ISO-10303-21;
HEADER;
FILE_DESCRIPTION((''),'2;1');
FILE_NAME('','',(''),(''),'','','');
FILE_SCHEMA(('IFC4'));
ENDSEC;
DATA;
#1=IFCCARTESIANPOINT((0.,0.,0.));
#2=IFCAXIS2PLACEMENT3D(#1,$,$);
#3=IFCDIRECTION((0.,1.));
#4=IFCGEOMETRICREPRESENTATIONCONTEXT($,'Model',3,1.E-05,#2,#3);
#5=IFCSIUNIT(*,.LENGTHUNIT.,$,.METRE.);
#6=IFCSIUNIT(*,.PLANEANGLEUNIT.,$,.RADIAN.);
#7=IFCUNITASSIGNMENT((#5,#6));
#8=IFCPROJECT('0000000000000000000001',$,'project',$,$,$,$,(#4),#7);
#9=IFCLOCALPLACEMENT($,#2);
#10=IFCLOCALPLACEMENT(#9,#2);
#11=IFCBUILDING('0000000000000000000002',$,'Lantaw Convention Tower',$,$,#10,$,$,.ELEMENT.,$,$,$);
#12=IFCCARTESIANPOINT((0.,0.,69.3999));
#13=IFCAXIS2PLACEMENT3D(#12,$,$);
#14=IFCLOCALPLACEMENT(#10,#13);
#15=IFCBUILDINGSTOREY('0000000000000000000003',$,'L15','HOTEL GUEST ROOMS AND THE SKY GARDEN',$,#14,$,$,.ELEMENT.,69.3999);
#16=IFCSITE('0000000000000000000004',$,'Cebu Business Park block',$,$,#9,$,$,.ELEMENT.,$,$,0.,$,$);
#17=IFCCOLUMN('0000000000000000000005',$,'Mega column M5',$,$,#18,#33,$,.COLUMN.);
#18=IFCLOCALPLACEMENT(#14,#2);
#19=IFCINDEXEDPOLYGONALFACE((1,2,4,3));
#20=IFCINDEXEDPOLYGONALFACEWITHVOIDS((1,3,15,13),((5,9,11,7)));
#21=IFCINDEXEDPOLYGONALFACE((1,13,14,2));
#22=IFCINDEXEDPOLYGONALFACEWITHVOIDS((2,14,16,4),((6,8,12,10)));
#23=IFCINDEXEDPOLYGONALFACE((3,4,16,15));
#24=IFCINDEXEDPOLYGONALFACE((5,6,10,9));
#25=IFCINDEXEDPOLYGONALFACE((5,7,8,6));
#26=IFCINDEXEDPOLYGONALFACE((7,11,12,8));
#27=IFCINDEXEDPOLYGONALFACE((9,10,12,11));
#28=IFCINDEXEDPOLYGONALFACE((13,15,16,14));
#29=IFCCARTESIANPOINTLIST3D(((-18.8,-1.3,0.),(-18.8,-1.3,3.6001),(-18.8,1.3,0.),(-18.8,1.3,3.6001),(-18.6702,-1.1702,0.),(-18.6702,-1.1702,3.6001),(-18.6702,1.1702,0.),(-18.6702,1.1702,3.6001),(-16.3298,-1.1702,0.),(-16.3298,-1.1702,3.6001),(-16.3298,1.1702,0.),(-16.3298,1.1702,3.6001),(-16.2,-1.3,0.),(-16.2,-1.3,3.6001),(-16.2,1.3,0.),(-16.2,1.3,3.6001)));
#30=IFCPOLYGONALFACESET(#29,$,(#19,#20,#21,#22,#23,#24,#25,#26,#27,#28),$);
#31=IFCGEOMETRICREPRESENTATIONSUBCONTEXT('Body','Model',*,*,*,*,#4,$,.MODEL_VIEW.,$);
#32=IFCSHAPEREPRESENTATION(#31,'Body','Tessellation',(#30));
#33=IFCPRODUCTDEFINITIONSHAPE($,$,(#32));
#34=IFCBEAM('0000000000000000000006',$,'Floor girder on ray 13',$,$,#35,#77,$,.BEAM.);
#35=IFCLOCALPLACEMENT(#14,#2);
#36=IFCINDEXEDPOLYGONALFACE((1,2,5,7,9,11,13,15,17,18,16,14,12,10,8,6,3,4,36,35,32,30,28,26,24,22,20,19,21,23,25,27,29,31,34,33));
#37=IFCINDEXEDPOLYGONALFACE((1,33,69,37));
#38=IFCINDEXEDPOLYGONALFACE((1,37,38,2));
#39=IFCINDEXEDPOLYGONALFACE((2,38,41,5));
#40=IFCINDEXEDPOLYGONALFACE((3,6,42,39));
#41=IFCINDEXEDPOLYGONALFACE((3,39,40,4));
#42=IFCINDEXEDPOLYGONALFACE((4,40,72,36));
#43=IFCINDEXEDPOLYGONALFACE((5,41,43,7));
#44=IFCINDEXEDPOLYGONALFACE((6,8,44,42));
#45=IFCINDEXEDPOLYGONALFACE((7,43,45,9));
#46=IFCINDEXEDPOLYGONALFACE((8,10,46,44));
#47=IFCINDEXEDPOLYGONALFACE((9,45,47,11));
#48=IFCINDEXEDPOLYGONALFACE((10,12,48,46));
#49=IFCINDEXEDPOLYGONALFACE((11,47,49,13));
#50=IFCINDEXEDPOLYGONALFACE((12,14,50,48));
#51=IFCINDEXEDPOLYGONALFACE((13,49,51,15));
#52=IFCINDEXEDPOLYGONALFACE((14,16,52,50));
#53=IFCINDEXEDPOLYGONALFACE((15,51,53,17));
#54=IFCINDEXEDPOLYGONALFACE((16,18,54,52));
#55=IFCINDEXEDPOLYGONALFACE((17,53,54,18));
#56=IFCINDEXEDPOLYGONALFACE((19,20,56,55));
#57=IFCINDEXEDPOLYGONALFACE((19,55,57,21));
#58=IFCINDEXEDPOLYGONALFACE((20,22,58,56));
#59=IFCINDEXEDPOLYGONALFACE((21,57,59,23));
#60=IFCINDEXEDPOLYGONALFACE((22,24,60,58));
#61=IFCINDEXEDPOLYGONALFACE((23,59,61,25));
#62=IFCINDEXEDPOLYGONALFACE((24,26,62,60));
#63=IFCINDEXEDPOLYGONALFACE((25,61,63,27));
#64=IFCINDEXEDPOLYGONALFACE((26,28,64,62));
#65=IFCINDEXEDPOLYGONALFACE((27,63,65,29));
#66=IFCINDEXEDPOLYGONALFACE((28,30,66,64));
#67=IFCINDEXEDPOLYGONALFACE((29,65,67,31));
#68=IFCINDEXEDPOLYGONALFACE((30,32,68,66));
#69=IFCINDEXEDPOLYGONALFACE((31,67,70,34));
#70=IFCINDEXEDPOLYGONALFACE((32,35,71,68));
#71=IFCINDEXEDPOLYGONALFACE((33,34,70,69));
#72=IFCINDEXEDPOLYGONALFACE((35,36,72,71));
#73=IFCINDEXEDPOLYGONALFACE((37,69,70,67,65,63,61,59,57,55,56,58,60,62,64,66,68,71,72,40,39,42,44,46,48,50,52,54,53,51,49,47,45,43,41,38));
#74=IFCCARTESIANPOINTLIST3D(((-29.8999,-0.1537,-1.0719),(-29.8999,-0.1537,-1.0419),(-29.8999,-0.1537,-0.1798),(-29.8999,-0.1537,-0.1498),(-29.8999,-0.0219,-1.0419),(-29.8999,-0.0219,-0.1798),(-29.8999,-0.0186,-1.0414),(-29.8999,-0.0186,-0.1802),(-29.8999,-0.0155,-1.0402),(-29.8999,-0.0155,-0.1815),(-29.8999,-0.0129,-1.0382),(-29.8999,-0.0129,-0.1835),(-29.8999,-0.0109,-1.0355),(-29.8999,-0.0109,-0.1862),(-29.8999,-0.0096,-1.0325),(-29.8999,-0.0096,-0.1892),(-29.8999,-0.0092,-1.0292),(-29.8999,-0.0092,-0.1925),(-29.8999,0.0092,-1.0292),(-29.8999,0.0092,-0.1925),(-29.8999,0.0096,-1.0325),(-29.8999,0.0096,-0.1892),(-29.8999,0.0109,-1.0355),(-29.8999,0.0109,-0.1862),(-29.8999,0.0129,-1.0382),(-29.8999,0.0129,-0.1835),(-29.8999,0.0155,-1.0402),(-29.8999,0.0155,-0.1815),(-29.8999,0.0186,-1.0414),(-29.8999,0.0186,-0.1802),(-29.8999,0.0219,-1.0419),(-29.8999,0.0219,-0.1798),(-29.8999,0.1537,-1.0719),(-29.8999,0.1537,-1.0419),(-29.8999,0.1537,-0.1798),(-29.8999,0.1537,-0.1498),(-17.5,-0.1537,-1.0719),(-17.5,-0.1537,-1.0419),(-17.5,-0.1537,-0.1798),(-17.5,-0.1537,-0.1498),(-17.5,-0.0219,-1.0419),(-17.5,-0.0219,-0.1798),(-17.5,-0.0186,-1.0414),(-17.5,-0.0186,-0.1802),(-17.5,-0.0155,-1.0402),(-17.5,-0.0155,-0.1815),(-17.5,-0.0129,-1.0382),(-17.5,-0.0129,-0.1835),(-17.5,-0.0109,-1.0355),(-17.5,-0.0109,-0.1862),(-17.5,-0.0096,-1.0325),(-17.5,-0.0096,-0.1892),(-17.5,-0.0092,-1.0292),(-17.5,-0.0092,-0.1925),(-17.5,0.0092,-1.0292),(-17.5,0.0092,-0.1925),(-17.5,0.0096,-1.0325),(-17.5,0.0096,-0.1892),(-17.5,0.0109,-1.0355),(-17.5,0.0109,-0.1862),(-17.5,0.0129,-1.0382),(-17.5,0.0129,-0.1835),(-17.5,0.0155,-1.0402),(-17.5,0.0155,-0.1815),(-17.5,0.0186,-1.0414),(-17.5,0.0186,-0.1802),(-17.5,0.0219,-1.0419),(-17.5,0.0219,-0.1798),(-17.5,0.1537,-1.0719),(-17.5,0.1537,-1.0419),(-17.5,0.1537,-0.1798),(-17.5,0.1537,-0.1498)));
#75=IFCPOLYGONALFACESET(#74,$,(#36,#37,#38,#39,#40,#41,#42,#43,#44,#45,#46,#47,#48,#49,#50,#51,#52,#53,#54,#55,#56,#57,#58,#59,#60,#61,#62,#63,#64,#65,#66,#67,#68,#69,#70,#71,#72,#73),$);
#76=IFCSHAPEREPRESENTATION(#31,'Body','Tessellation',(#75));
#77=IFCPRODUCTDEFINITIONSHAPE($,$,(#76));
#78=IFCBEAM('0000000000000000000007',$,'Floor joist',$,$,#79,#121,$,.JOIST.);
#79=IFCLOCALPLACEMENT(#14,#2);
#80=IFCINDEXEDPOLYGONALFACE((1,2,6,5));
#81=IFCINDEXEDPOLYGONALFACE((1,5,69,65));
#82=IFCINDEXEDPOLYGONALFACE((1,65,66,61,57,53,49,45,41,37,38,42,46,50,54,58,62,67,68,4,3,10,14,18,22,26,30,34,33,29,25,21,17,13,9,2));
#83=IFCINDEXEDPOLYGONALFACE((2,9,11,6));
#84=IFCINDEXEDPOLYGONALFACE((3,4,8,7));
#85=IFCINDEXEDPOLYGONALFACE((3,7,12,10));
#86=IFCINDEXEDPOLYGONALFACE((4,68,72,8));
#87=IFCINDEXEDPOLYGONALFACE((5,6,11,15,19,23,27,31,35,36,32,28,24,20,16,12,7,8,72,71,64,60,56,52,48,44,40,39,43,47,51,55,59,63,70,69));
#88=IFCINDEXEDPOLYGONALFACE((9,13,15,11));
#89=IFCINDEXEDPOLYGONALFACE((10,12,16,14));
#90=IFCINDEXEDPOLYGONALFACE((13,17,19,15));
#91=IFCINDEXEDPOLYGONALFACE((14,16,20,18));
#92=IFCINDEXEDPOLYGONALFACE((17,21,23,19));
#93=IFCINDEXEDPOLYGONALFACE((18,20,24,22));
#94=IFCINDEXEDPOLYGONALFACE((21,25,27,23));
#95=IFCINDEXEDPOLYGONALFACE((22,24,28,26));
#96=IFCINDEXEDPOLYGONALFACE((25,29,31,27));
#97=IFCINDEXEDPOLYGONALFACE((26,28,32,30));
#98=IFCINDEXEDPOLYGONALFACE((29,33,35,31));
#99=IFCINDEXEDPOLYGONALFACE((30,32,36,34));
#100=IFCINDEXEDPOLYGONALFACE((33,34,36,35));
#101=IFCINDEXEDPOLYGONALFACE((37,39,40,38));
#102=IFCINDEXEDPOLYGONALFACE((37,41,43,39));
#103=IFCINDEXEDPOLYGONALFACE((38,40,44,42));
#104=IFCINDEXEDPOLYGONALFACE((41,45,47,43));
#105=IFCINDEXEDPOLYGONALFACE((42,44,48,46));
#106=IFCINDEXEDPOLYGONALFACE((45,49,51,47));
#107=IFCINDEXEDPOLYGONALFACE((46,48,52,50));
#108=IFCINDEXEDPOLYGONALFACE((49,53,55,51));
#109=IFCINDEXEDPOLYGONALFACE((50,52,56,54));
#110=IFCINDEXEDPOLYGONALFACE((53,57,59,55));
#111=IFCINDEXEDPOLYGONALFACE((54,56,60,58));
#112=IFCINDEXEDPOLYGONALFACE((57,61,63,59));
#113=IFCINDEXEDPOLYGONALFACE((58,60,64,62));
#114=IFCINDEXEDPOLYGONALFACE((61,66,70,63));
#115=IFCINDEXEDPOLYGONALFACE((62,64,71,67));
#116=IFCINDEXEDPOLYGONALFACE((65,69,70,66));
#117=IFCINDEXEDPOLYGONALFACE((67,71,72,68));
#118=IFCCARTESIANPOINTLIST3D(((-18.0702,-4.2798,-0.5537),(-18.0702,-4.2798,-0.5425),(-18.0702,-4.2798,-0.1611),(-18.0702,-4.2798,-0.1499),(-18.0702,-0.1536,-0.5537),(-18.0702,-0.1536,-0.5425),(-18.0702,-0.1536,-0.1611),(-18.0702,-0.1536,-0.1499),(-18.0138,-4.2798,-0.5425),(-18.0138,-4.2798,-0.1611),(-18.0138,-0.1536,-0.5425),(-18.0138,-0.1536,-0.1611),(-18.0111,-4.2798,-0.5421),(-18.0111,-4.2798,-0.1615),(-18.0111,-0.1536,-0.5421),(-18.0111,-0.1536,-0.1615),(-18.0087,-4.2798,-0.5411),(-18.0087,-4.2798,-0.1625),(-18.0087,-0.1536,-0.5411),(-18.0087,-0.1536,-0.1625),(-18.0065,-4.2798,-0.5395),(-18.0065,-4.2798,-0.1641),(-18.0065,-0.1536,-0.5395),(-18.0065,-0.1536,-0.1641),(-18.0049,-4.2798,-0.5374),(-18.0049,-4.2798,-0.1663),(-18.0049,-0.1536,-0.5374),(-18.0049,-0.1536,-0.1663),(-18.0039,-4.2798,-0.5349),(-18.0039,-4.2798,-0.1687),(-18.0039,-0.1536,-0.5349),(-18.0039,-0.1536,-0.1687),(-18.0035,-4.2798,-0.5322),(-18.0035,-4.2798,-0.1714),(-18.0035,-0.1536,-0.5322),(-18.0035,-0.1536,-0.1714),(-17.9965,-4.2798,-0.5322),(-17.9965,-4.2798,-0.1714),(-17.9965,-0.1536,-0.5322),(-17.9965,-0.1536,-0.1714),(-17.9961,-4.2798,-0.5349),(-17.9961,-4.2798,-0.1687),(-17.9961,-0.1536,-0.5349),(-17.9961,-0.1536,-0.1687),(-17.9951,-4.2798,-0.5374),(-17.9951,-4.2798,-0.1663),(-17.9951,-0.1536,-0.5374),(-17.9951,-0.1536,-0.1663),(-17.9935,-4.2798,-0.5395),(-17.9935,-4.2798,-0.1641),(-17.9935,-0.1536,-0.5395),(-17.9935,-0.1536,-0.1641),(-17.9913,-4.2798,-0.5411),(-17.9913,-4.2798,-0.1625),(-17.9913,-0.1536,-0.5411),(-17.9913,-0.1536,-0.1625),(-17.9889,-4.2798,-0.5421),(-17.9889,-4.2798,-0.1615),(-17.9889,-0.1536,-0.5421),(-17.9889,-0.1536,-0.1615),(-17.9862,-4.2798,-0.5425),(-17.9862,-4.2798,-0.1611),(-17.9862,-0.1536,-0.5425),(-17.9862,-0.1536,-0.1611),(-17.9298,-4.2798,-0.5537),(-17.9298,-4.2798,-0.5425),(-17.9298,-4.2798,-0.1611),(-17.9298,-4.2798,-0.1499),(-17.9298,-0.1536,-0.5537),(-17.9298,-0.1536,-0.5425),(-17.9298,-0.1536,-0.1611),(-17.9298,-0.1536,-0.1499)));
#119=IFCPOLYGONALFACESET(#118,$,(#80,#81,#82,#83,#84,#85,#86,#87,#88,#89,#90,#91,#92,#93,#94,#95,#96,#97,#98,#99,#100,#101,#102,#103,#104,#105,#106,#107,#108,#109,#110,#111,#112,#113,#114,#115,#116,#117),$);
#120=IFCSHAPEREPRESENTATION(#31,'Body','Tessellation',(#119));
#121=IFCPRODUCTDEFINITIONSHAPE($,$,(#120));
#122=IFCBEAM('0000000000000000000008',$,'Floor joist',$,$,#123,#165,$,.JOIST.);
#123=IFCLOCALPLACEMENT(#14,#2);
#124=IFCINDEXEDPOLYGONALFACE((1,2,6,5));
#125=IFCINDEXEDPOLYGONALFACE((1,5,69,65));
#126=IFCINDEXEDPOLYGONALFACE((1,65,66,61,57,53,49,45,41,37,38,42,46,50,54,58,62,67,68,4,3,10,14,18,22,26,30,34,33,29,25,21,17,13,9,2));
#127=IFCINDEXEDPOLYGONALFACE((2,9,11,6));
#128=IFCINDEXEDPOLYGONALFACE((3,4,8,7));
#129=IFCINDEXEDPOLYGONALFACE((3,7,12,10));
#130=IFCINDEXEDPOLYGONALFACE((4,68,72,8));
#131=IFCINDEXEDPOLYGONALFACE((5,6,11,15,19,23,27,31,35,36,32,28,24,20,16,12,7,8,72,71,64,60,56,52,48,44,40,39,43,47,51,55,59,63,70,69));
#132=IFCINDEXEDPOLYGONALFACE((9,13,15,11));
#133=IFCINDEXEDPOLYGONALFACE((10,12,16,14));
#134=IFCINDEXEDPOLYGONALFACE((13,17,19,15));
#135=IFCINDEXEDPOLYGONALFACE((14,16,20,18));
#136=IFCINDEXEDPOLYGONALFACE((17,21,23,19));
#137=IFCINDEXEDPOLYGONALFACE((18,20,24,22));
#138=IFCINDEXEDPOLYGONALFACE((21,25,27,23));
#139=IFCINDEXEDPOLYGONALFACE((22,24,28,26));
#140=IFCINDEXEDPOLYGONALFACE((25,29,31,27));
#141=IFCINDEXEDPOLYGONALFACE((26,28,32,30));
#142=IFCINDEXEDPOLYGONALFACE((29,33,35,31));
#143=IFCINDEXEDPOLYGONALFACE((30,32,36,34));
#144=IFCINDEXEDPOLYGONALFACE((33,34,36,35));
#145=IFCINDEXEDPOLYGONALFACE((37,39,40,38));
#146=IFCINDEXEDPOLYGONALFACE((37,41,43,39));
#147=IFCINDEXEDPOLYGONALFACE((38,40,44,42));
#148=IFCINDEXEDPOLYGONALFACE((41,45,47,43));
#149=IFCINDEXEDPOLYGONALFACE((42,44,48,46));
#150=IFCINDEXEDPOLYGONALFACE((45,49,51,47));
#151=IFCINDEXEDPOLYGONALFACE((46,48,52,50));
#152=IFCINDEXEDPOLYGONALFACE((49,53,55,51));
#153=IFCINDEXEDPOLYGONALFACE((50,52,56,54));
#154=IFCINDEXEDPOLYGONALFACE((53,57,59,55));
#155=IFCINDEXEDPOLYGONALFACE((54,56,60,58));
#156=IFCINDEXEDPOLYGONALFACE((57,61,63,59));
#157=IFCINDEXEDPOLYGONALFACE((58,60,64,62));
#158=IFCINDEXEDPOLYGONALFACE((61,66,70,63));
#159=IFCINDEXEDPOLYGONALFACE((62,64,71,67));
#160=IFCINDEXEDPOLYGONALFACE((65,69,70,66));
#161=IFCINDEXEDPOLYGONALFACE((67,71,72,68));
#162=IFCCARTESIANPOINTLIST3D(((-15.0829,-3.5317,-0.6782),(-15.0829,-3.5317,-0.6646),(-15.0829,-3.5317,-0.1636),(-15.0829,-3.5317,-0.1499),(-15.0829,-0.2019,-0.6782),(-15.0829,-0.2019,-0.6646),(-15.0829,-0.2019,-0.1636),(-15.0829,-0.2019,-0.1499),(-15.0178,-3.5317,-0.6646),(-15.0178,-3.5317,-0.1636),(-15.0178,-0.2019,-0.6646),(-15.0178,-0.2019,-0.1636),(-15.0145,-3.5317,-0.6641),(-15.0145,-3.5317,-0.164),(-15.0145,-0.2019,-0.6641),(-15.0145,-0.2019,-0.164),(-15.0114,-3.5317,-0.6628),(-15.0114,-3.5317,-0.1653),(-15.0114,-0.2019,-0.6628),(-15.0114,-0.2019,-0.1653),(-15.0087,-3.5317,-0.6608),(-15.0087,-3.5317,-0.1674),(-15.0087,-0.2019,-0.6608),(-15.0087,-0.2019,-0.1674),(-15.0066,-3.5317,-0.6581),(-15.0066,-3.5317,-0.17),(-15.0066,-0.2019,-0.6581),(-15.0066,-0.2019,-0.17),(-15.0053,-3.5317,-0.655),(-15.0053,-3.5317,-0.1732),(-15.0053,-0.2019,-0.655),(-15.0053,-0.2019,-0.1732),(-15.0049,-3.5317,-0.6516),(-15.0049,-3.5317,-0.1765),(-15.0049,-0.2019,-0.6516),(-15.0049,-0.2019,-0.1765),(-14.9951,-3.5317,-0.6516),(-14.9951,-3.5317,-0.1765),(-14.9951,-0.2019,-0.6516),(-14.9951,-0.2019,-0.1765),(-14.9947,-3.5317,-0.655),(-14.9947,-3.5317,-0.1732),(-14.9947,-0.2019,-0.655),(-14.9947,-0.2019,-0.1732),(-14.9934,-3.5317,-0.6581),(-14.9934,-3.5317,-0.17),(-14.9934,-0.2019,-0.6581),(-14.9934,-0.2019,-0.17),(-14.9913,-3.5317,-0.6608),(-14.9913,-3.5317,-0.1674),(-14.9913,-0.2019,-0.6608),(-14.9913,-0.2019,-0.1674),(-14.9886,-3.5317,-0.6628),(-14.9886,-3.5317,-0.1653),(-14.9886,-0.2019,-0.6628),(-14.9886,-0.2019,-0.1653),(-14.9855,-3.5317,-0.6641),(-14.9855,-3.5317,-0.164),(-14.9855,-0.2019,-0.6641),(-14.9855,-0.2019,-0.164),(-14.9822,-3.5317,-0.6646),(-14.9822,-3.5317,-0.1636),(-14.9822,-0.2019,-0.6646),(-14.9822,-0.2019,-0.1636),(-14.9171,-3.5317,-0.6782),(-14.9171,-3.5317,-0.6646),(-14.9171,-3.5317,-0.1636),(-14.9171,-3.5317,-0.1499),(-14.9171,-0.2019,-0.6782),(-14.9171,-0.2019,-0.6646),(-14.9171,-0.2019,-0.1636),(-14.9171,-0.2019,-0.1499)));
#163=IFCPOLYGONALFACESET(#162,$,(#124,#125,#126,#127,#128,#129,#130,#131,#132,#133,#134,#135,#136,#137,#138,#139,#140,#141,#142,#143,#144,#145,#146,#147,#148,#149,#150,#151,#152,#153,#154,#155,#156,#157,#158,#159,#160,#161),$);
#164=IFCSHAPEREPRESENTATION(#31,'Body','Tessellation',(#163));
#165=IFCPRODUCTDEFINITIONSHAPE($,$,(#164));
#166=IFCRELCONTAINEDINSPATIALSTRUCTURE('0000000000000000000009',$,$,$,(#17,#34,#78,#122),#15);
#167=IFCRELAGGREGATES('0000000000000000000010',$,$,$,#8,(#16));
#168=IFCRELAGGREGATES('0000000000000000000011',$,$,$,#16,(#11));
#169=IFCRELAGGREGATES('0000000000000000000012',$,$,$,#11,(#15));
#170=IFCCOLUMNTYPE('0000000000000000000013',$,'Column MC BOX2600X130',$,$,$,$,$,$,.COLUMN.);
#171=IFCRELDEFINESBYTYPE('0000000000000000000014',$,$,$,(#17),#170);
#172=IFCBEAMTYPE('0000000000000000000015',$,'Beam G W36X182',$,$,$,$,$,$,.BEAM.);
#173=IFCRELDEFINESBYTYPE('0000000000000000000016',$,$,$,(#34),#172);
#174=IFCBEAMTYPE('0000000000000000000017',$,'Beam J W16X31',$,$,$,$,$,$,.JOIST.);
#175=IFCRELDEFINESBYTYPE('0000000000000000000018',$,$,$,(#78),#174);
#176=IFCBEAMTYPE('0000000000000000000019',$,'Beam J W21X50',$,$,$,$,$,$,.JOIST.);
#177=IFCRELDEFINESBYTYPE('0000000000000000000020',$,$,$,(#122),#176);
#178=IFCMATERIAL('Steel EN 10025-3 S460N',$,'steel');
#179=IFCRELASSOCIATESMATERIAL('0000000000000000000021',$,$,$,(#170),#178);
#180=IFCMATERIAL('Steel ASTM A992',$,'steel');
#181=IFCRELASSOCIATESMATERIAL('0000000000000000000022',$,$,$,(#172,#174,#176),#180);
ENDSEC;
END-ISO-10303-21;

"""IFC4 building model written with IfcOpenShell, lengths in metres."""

from ifc_helpers import new_model, si_unit, direction, frame, origin, origin_2d, place, context, subcontext, project, spatial, rectangle, hollow_rectangle, i_section, extrude, material, material_profile, profile_set, type_object, element, save


model = new_model("IFC4")

# Units and contexts
model_context = context("Model", 3, precision=1e-05, world=origin(), true_north=direction((0.0, 1.0)))
body_context = subcontext(model_context, "Body", "Model", "MODEL_VIEW")
ifc_project = project(units=[si_unit("LENGTHUNIT", "METRE"), si_unit("PLANEANGLEUNIT", "RADIAN")], contexts=[model_context])

# Site, building, storey
site_placement = place(None, origin())
site = spatial("IfcSite", under=ifc_project, at=site_placement, Name="Cebu Business Park block", CompositionType="ELEMENT", RefElevation=0.0)
building_placement = place(site_placement, origin())
building = spatial("IfcBuilding", under=site, at=building_placement, Name="Lantaw Convention Tower", CompositionType="ELEMENT")
storey_placement = place(building_placement, frame((0.0, 0.0, 69.3999)))
storey = spatial("IfcBuildingStorey", under=building, at=storey_placement, Name="L15", Description="HOTEL GUEST ROOMS AND THE SKY GARDEN", CompositionType="ELEMENT", Elevation=69.3999)

# Column
ifc_material_1 = material(Name="Steel EN 10025-3 S460N", Category="steel")
ifc_material_profile_1 = material_profile(ifc_material_1, hollow_rectangle(XDim=2.6001, YDim=2.6001, WallThickness=0.1299, at=origin_2d()), Name="BOX2600X130")
ifc_material_2 = material(Name="Concrete C60/75", Category="concrete")
ifc_material_profile_2 = material_profile(ifc_material_2, rectangle(XDim=2.3401, YDim=2.3401, at=origin_2d()), Name="Concrete fill of BOX2600X130")
ifc_profile_set_1 = profile_set([ifc_material_profile_1, ifc_material_profile_2], Name="Steel EN 10025-3 S460N")
column_type = type_object("IfcColumnType", Name="Column MC BOX2600X130", PredefinedType="COLUMN", material=ifc_profile_set_1)
column_placement = place(storey_placement, frame((-17.5, 0.0, 0.0), z_axis=(0.0, 0.0, 1.0), x_axis=(1.0, 0.0, 0.0)))
element("IfcColumn", 1, at=column_placement, inside=storey, type_object=column_type, Name="Mega column M5", PredefinedType="COLUMN", context=body_context, shape_type="SweptSolid", body=[
    extrude(hollow_rectangle(XDim=2.6001, YDim=2.6001, WallThickness=0.1299, at=origin_2d()), origin(), (0.0, 0.0, 1.0), 3.6001),
])

# Beams
ifc_material_3 = material(Name="Steel ASTM A992", Category="steel")
ifc_material_profile_3 = material_profile(ifc_material_3, i_section(OverallWidth=0.3074, OverallDepth=0.9221, WebThickness=0.0183, FlangeThickness=0.03, FilletRadius=0.0127, at=origin_2d()), Name="W36X182")
ifc_profile_set_2 = profile_set([ifc_material_profile_3], Name="Steel ASTM A992")
beam_type_1 = type_object("IfcBeamType", Name="Beam G W36X182", PredefinedType="BEAM", material=ifc_profile_set_2)
beam_1_placement = place(storey_placement, frame((-17.5, 0.0, -0.6108), z_axis=(-1.0, 0.0, 0.0), x_axis=(0.0, -1.0, 0.0)))
element("IfcBeam", 2, at=beam_1_placement, inside=storey, type_object=beam_type_1, Name="Floor girder on ray 13", PredefinedType="BEAM", context=body_context, shape_type="SweptSolid", body=[
    extrude(i_section(OverallWidth=0.3074, OverallDepth=0.9221, WebThickness=0.0183, FlangeThickness=0.03, FilletRadius=0.0127, at=origin_2d()), origin(), (0.0, 0.0, 1.0), 12.3999),
])
ifc_material_profile_4 = material_profile(ifc_material_3, i_section(OverallWidth=0.1404, OverallDepth=0.4038, WebThickness=0.0071, FlangeThickness=0.0112, FilletRadius=0.0103, at=origin_2d()), Name="W16X31")
ifc_profile_set_3 = profile_set([ifc_material_profile_4], Name="Steel ASTM A992")
beam_type_2 = type_object("IfcBeamType", Name="Beam J W16X31", PredefinedType="JOIST", material=ifc_profile_set_3)
beam_2_placement = place(storey_placement, frame((-18.0, -4.2798, -0.3518), z_axis=(0.0, 1.0, 0.0), x_axis=(-1.0, 0.0, 0.0)))
element("IfcBeam", 3, at=beam_2_placement, inside=storey, type_object=beam_type_2, Name="Floor joist", PredefinedType="JOIST", context=body_context, shape_type="SweptSolid", body=[
    extrude(i_section(OverallWidth=0.1404, OverallDepth=0.4038, WebThickness=0.0071, FlangeThickness=0.0112, FilletRadius=0.0103, at=origin_2d()), origin(), (0.0, 0.0, 1.0), 4.1262),
])
ifc_material_profile_5 = material_profile(ifc_material_3, i_section(OverallWidth=0.1658, OverallDepth=0.5283, WebThickness=0.0098, FlangeThickness=0.0137, FilletRadius=0.0129, at=origin_2d()), Name="W21X50")
ifc_profile_set_4 = profile_set([ifc_material_profile_5], Name="Steel ASTM A992")
beam_type_3 = type_object("IfcBeamType", Name="Beam J W21X50", PredefinedType="JOIST", material=ifc_profile_set_4)
beam_3_placement = place(storey_placement, frame((-15.0, -3.5317, -0.4141), z_axis=(0.0, 1.0, 0.0), x_axis=(-1.0, 0.0, 0.0)))
element("IfcBeam", 4, at=beam_3_placement, inside=storey, type_object=beam_type_3, Name="Floor joist", PredefinedType="JOIST", context=body_context, shape_type="SweptSolid", body=[
    extrude(i_section(OverallWidth=0.1658, OverallDepth=0.5283, WebThickness=0.0098, FlangeThickness=0.0137, FilletRadius=0.0129, at=origin_2d()), origin(), (0.0, 0.0, 1.0), 3.3298),
])

save(model, "model.ifc")
